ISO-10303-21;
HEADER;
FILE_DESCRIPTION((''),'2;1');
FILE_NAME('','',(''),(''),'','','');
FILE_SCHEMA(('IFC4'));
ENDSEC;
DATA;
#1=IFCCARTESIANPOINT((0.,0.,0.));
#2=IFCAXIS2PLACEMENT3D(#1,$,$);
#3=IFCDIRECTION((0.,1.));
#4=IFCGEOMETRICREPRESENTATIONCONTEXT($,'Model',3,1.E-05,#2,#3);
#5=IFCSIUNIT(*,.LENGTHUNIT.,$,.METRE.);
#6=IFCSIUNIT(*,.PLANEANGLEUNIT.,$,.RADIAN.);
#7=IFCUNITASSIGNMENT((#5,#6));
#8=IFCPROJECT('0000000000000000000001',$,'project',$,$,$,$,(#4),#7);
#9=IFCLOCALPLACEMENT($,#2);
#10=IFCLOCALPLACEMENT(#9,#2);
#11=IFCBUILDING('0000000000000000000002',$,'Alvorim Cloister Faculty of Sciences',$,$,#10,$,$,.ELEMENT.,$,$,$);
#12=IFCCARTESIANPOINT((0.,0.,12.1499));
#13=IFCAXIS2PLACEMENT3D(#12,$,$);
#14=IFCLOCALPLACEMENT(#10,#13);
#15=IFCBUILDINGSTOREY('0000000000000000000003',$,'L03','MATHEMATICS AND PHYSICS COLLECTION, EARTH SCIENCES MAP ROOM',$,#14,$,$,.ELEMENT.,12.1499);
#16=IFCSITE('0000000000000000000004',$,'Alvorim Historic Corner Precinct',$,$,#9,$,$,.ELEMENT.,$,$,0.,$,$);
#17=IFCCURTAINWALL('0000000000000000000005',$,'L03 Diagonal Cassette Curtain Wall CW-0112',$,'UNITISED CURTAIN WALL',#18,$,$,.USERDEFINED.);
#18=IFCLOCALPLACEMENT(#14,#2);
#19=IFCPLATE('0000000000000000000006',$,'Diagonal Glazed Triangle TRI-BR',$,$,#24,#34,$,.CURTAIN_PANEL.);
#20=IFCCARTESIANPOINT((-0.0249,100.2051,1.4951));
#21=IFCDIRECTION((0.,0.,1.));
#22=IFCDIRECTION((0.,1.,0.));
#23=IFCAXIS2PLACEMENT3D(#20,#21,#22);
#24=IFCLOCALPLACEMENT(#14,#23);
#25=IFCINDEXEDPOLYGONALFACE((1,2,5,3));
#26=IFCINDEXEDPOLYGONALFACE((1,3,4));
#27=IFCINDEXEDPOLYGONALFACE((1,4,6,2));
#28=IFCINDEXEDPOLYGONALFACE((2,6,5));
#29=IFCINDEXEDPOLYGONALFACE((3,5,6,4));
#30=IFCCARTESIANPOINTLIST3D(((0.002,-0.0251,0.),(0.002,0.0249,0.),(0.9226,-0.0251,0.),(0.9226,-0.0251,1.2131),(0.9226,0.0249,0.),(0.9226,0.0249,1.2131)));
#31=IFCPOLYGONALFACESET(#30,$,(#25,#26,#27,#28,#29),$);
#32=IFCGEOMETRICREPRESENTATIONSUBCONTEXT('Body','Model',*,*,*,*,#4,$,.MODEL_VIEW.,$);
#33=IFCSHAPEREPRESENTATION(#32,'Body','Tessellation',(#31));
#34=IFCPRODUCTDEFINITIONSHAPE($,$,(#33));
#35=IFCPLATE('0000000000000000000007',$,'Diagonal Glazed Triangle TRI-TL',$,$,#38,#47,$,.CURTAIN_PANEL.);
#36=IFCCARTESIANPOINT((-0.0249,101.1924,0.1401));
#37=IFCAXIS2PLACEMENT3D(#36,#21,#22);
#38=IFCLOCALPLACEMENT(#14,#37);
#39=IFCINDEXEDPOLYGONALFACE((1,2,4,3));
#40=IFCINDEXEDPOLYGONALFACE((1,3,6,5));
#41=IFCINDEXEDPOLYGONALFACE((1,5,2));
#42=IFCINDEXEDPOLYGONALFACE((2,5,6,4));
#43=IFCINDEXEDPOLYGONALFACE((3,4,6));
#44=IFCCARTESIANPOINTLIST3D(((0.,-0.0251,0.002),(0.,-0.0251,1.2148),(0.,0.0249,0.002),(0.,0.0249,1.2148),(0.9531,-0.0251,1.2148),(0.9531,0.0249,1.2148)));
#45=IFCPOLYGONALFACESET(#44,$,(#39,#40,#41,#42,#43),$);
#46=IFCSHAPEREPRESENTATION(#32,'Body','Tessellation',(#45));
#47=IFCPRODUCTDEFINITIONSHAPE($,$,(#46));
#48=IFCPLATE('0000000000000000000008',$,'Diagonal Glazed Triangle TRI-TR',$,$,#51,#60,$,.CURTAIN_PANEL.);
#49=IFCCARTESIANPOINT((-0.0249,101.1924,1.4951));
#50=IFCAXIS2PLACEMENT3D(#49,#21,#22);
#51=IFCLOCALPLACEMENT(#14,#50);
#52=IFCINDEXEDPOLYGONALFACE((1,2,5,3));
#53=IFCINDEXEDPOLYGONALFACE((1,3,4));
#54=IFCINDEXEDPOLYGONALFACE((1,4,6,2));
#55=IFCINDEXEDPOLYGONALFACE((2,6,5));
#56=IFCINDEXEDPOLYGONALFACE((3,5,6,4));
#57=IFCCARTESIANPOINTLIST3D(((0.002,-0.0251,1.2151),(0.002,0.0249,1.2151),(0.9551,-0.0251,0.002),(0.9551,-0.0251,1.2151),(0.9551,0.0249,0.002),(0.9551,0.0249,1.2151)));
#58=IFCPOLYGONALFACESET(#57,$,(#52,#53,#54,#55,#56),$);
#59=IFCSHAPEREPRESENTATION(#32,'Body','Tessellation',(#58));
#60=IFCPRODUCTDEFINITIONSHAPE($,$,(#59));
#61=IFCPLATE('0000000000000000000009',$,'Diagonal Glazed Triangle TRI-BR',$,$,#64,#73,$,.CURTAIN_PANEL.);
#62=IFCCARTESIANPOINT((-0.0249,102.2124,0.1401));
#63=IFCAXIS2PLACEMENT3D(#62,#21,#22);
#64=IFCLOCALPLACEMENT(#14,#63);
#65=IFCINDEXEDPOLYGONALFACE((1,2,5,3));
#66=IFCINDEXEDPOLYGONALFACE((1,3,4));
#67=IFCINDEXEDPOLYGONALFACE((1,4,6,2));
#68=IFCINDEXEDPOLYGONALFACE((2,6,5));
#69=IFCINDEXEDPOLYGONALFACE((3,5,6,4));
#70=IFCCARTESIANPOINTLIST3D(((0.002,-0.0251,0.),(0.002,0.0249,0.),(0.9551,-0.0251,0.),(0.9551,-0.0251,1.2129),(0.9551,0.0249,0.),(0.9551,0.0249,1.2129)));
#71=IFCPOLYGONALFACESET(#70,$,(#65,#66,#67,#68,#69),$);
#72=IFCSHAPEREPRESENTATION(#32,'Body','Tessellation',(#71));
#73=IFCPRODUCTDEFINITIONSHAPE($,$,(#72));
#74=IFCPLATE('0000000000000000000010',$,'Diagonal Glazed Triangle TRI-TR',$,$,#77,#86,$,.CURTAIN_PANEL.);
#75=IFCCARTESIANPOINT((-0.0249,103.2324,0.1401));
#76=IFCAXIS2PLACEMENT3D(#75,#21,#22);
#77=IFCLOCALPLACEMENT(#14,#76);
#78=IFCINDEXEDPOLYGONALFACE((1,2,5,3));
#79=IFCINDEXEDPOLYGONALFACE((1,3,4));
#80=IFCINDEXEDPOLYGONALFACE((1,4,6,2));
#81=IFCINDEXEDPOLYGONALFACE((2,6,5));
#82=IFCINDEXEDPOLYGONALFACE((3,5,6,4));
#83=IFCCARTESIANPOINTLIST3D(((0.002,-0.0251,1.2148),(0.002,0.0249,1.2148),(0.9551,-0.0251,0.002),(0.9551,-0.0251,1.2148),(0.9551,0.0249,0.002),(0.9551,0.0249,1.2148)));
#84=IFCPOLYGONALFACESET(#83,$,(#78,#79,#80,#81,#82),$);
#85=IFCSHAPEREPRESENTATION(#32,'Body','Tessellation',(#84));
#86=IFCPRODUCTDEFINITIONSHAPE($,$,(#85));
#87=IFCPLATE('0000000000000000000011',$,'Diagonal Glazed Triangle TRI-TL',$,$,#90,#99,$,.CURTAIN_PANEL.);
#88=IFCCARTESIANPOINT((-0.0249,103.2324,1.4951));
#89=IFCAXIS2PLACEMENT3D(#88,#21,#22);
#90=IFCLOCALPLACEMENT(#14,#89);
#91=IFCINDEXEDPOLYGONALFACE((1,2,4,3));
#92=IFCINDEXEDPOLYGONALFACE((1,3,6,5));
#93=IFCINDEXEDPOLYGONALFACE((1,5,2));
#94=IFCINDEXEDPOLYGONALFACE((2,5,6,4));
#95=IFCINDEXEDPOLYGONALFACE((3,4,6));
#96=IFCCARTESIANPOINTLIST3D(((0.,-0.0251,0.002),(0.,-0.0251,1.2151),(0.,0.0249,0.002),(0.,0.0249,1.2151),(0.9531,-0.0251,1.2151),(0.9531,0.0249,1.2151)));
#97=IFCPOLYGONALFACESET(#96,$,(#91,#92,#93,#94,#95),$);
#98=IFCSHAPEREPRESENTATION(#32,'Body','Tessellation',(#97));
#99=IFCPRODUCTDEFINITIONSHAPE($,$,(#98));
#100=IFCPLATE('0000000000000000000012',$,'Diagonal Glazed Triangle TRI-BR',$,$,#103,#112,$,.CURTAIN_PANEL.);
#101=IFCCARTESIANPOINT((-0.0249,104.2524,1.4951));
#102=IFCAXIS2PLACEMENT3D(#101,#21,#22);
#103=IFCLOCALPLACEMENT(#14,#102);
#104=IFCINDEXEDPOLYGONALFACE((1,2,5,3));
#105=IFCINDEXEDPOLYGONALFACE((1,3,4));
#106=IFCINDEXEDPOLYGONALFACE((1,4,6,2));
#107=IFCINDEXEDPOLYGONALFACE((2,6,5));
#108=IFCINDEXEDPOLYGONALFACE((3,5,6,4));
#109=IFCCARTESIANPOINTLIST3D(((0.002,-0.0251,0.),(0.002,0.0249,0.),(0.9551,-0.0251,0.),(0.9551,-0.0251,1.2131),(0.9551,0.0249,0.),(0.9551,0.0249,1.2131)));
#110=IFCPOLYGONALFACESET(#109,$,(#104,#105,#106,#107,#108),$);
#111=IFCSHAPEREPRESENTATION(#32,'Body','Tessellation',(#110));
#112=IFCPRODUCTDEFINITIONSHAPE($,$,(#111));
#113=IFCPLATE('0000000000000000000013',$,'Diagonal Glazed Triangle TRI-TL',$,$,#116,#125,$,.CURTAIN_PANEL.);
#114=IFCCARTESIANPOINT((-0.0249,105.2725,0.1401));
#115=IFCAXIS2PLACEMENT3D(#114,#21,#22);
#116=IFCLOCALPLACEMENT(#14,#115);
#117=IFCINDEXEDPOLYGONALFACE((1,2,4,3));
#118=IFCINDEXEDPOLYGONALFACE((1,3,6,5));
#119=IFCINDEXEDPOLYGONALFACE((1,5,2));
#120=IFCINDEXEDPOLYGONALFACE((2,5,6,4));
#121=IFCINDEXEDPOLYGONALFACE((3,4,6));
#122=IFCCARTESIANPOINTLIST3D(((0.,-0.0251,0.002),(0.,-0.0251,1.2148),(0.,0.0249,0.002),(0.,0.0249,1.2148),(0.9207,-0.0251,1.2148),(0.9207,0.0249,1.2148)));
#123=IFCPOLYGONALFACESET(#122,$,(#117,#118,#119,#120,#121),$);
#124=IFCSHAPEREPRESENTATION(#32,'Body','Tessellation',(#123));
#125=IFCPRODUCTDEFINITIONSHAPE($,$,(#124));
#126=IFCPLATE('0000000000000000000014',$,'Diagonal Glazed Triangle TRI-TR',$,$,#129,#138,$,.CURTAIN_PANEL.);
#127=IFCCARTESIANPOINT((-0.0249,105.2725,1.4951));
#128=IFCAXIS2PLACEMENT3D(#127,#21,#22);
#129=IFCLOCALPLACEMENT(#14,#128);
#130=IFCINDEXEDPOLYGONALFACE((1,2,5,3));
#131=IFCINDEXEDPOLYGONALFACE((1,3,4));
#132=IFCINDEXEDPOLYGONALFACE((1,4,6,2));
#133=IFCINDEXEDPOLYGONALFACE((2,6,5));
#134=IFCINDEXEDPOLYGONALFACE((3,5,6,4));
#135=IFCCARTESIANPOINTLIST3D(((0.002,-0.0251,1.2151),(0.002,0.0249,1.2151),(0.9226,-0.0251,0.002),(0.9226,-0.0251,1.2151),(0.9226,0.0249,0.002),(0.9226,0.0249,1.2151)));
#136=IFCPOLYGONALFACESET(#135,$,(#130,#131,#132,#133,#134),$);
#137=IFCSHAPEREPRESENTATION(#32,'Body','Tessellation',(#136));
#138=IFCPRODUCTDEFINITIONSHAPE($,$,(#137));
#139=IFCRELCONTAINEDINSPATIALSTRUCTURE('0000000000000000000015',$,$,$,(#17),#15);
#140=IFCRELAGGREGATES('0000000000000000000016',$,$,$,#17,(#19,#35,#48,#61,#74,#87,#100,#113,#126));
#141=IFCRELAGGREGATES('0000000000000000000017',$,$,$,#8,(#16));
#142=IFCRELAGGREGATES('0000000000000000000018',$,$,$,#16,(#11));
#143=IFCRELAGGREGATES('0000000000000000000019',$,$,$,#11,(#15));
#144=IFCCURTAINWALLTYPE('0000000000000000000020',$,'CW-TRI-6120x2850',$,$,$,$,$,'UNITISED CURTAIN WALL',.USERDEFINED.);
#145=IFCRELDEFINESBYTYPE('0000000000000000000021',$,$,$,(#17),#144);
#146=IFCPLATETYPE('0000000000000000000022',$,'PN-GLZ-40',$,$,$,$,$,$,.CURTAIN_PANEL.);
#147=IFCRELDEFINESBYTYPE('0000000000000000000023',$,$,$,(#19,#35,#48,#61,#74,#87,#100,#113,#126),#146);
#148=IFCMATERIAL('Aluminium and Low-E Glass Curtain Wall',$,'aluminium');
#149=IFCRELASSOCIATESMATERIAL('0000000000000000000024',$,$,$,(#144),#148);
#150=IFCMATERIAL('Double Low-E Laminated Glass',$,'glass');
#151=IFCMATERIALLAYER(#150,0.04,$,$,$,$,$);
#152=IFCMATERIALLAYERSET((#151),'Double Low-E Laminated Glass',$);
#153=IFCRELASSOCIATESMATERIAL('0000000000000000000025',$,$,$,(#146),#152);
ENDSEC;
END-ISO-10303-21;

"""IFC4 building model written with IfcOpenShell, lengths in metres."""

from ifc_helpers import new_model, si_unit, direction, frame, origin, place, context, subcontext, project, spatial, polyline, outline, extrude, material, layer, layer_set, type_object, element, aggregate, save


model = new_model("IFC4")

# Units and contexts
model_context = context("Model", 3, precision=1e-05, world=origin(), true_north=direction((0.0, 1.0)))
body_context = subcontext(model_context, "Body", "Model", "MODEL_VIEW")
ifc_project = project(units=[si_unit("LENGTHUNIT", "METRE"), si_unit("PLANEANGLEUNIT", "RADIAN")], contexts=[model_context])

# Site, building, storey
site_placement = place(None, origin())
site = spatial("IfcSite", under=ifc_project, at=site_placement, Name="Alvorim Historic Corner Precinct", CompositionType="ELEMENT", RefElevation=0.0)
building_placement = place(site_placement, origin())
building = spatial("IfcBuilding", under=site, at=building_placement, Name="Alvorim Cloister Faculty of Sciences", CompositionType="ELEMENT")
storey_placement = place(building_placement, frame((0.0, 0.0, 12.1499)))
storey = spatial("IfcBuildingStorey", under=building, at=storey_placement, Name="L03", Description="MATHEMATICS AND PHYSICS COLLECTION, EARTH SCIENCES MAP ROOM", CompositionType="ELEMENT", Elevation=12.1499)

# Curtain wall, plates
ifc_material_1 = material(Name="Aluminium and Low-E Glass Curtain Wall", Category="aluminium")
curtain_wall_type = type_object("IfcCurtainWallType", Name="CW-TRI-6120x2850", ElementType="UNITISED CURTAIN WALL", PredefinedType="USERDEFINED", material=ifc_material_1)
curtain_wall_placement = place(storey_placement, origin())
curtain_wall = element("IfcCurtainWall", 1, at=curtain_wall_placement, inside=storey, type_object=curtain_wall_type, Name="L03 Diagonal Cassette Curtain Wall CW-0112", ObjectType="UNITISED CURTAIN WALL", PredefinedType="USERDEFINED")
ifc_material_2 = material(Name="Double Low-E Laminated Glass", Category="glass")
ifc_layer_1 = layer(ifc_material_2, 0.04)
ifc_layer_set_1 = layer_set([ifc_layer_1], Name="Double Low-E Laminated Glass")
plate_type = type_object("IfcPlateType", Name="PN-GLZ-40", PredefinedType="CURTAIN_PANEL", material=ifc_layer_set_1)
plate_1_placement = place(storey_placement, frame((-0.0249, 100.2051, 1.4951), z_axis=(0.0, 0.0, 1.0), x_axis=(0.0, 1.0, 0.0)))
plate_1 = element("IfcPlate", 2, at=plate_1_placement, type_object=plate_type, Name="Diagonal Glazed Triangle TRI-BR", PredefinedType="CURTAIN_PANEL", context=body_context, shape_type="SweptSolid", body=[
    extrude(outline(polyline([(0.002, 0.0), (0.9226, 0.0), (0.9226, 1.2131), (0.002, 0.0)])), frame((0.0, 0.0249, 0.0), z_axis=(0.0, -1.0, 0.0), x_axis=(1.0, 0.0, 0.0)), (0.0, 0.0, 1.0), 0.05),
])
plate_2_placement = place(storey_placement, frame((-0.0249, 101.1924, 0.1401), z_axis=(0.0, 0.0, 1.0), x_axis=(0.0, 1.0, 0.0)))
plate_2 = element("IfcPlate", 3, at=plate_2_placement, type_object=plate_type, Name="Diagonal Glazed Triangle TRI-TL", PredefinedType="CURTAIN_PANEL", context=body_context, shape_type="SweptSolid", body=[
    extrude(outline(polyline([(0.9531, 1.2148), (0.0, 1.2148), (0.0, 0.002), (0.9531, 1.2148)])), frame((0.0, 0.0249, 0.0), z_axis=(0.0, -1.0, 0.0), x_axis=(1.0, 0.0, 0.0)), (0.0, 0.0, 1.0), 0.05),
])
plate_3_placement = place(storey_placement, frame((-0.0249, 101.1924, 1.4951), z_axis=(0.0, 0.0, 1.0), x_axis=(0.0, 1.0, 0.0)))
plate_3 = element("IfcPlate", 4, at=plate_3_placement, type_object=plate_type, Name="Diagonal Glazed Triangle TRI-TR", PredefinedType="CURTAIN_PANEL", context=body_context, shape_type="SweptSolid", body=[
    extrude(outline(polyline([(0.9551, 0.002), (0.9551, 1.2151), (0.002, 1.2151), (0.9551, 0.002)])), frame((0.0, 0.0249, 0.0), z_axis=(0.0, -1.0, 0.0), x_axis=(1.0, 0.0, 0.0)), (0.0, 0.0, 1.0), 0.05),
])
plate_4_placement = place(storey_placement, frame((-0.0249, 102.2124, 0.1401), z_axis=(0.0, 0.0, 1.0), x_axis=(0.0, 1.0, 0.0)))
plate_4 = element("IfcPlate", 5, at=plate_4_placement, type_object=plate_type, Name="Diagonal Glazed Triangle TRI-BR", PredefinedType="CURTAIN_PANEL", context=body_context, shape_type="SweptSolid", body=[
    extrude(outline(polyline([(0.002, 0.0), (0.9551, 0.0), (0.9551, 1.2129), (0.002, 0.0)])), frame((0.0, 0.0249, 0.0), z_axis=(0.0, -1.0, 0.0), x_axis=(1.0, 0.0, 0.0)), (0.0, 0.0, 1.0), 0.05),
])
plate_5_placement = place(storey_placement, frame((-0.0249, 103.2324, 0.1401), z_axis=(0.0, 0.0, 1.0), x_axis=(0.0, 1.0, 0.0)))
plate_5 = element("IfcPlate", 6, at=plate_5_placement, type_object=plate_type, Name="Diagonal Glazed Triangle TRI-TR", PredefinedType="CURTAIN_PANEL", context=body_context, shape_type="SweptSolid", body=[
    extrude(outline(polyline([(0.9551, 0.002), (0.9551, 1.2148), (0.002, 1.2148), (0.9551, 0.002)])), frame((0.0, 0.0249, 0.0), z_axis=(0.0, -1.0, 0.0), x_axis=(1.0, 0.0, 0.0)), (0.0, 0.0, 1.0), 0.05),
])
plate_6_placement = place(storey_placement, frame((-0.0249, 103.2324, 1.4951), z_axis=(0.0, 0.0, 1.0), x_axis=(0.0, 1.0, 0.0)))
plate_6 = element("IfcPlate", 7, at=plate_6_placement, type_object=plate_type, Name="Diagonal Glazed Triangle TRI-TL", PredefinedType="CURTAIN_PANEL", context=body_context, shape_type="SweptSolid", body=[
    extrude(outline(polyline([(0.9531, 1.2151), (0.0, 1.2151), (0.0, 0.002), (0.9531, 1.2151)])), frame((0.0, 0.0249, 0.0), z_axis=(0.0, -1.0, 0.0), x_axis=(1.0, 0.0, 0.0)), (0.0, 0.0, 1.0), 0.05),
])
plate_7_placement = place(storey_placement, frame((-0.0249, 104.2524, 1.4951), z_axis=(0.0, 0.0, 1.0), x_axis=(0.0, 1.0, 0.0)))
plate_7 = element("IfcPlate", 8, at=plate_7_placement, type_object=plate_type, Name="Diagonal Glazed Triangle TRI-BR", PredefinedType="CURTAIN_PANEL", context=body_context, shape_type="SweptSolid", body=[
    extrude(outline(polyline([(0.002, 0.0), (0.9551, 0.0), (0.9551, 1.2131), (0.002, 0.0)])), frame((0.0, 0.0249, 0.0), z_axis=(0.0, -1.0, 0.0), x_axis=(1.0, 0.0, 0.0)), (0.0, 0.0, 1.0), 0.05),
])
plate_8_placement = place(storey_placement, frame((-0.0249, 105.2725, 0.1401), z_axis=(0.0, 0.0, 1.0), x_axis=(0.0, 1.0, 0.0)))
plate_8 = element("IfcPlate", 9, at=plate_8_placement, type_object=plate_type, Name="Diagonal Glazed Triangle TRI-TL", PredefinedType="CURTAIN_PANEL", context=body_context, shape_type="SweptSolid", body=[
    extrude(outline(polyline([(0.9207, 1.2148), (0.0, 1.2148), (0.0, 0.002), (0.9207, 1.2148)])), frame((0.0, 0.0249, 0.0), z_axis=(0.0, -1.0, 0.0), x_axis=(1.0, 0.0, 0.0)), (0.0, 0.0, 1.0), 0.05),
])
plate_9_placement = place(storey_placement, frame((-0.0249, 105.2725, 1.4951), z_axis=(0.0, 0.0, 1.0), x_axis=(0.0, 1.0, 0.0)))
plate_9 = element("IfcPlate", 10, at=plate_9_placement, type_object=plate_type, Name="Diagonal Glazed Triangle TRI-TR", PredefinedType="CURTAIN_PANEL", context=body_context, shape_type="SweptSolid", body=[
    extrude(outline(polyline([(0.9226, 0.002), (0.9226, 1.2151), (0.002, 1.2151), (0.9226, 0.002)])), frame((0.0, 0.0249, 0.0), z_axis=(0.0, -1.0, 0.0), x_axis=(1.0, 0.0, 0.0)), (0.0, 0.0, 1.0), 0.05),
])
aggregate(curtain_wall, [plate_1, plate_2, plate_3, plate_4, plate_5, plate_6, plate_7, plate_8, plate_9])

save(model, "model.ifc")
